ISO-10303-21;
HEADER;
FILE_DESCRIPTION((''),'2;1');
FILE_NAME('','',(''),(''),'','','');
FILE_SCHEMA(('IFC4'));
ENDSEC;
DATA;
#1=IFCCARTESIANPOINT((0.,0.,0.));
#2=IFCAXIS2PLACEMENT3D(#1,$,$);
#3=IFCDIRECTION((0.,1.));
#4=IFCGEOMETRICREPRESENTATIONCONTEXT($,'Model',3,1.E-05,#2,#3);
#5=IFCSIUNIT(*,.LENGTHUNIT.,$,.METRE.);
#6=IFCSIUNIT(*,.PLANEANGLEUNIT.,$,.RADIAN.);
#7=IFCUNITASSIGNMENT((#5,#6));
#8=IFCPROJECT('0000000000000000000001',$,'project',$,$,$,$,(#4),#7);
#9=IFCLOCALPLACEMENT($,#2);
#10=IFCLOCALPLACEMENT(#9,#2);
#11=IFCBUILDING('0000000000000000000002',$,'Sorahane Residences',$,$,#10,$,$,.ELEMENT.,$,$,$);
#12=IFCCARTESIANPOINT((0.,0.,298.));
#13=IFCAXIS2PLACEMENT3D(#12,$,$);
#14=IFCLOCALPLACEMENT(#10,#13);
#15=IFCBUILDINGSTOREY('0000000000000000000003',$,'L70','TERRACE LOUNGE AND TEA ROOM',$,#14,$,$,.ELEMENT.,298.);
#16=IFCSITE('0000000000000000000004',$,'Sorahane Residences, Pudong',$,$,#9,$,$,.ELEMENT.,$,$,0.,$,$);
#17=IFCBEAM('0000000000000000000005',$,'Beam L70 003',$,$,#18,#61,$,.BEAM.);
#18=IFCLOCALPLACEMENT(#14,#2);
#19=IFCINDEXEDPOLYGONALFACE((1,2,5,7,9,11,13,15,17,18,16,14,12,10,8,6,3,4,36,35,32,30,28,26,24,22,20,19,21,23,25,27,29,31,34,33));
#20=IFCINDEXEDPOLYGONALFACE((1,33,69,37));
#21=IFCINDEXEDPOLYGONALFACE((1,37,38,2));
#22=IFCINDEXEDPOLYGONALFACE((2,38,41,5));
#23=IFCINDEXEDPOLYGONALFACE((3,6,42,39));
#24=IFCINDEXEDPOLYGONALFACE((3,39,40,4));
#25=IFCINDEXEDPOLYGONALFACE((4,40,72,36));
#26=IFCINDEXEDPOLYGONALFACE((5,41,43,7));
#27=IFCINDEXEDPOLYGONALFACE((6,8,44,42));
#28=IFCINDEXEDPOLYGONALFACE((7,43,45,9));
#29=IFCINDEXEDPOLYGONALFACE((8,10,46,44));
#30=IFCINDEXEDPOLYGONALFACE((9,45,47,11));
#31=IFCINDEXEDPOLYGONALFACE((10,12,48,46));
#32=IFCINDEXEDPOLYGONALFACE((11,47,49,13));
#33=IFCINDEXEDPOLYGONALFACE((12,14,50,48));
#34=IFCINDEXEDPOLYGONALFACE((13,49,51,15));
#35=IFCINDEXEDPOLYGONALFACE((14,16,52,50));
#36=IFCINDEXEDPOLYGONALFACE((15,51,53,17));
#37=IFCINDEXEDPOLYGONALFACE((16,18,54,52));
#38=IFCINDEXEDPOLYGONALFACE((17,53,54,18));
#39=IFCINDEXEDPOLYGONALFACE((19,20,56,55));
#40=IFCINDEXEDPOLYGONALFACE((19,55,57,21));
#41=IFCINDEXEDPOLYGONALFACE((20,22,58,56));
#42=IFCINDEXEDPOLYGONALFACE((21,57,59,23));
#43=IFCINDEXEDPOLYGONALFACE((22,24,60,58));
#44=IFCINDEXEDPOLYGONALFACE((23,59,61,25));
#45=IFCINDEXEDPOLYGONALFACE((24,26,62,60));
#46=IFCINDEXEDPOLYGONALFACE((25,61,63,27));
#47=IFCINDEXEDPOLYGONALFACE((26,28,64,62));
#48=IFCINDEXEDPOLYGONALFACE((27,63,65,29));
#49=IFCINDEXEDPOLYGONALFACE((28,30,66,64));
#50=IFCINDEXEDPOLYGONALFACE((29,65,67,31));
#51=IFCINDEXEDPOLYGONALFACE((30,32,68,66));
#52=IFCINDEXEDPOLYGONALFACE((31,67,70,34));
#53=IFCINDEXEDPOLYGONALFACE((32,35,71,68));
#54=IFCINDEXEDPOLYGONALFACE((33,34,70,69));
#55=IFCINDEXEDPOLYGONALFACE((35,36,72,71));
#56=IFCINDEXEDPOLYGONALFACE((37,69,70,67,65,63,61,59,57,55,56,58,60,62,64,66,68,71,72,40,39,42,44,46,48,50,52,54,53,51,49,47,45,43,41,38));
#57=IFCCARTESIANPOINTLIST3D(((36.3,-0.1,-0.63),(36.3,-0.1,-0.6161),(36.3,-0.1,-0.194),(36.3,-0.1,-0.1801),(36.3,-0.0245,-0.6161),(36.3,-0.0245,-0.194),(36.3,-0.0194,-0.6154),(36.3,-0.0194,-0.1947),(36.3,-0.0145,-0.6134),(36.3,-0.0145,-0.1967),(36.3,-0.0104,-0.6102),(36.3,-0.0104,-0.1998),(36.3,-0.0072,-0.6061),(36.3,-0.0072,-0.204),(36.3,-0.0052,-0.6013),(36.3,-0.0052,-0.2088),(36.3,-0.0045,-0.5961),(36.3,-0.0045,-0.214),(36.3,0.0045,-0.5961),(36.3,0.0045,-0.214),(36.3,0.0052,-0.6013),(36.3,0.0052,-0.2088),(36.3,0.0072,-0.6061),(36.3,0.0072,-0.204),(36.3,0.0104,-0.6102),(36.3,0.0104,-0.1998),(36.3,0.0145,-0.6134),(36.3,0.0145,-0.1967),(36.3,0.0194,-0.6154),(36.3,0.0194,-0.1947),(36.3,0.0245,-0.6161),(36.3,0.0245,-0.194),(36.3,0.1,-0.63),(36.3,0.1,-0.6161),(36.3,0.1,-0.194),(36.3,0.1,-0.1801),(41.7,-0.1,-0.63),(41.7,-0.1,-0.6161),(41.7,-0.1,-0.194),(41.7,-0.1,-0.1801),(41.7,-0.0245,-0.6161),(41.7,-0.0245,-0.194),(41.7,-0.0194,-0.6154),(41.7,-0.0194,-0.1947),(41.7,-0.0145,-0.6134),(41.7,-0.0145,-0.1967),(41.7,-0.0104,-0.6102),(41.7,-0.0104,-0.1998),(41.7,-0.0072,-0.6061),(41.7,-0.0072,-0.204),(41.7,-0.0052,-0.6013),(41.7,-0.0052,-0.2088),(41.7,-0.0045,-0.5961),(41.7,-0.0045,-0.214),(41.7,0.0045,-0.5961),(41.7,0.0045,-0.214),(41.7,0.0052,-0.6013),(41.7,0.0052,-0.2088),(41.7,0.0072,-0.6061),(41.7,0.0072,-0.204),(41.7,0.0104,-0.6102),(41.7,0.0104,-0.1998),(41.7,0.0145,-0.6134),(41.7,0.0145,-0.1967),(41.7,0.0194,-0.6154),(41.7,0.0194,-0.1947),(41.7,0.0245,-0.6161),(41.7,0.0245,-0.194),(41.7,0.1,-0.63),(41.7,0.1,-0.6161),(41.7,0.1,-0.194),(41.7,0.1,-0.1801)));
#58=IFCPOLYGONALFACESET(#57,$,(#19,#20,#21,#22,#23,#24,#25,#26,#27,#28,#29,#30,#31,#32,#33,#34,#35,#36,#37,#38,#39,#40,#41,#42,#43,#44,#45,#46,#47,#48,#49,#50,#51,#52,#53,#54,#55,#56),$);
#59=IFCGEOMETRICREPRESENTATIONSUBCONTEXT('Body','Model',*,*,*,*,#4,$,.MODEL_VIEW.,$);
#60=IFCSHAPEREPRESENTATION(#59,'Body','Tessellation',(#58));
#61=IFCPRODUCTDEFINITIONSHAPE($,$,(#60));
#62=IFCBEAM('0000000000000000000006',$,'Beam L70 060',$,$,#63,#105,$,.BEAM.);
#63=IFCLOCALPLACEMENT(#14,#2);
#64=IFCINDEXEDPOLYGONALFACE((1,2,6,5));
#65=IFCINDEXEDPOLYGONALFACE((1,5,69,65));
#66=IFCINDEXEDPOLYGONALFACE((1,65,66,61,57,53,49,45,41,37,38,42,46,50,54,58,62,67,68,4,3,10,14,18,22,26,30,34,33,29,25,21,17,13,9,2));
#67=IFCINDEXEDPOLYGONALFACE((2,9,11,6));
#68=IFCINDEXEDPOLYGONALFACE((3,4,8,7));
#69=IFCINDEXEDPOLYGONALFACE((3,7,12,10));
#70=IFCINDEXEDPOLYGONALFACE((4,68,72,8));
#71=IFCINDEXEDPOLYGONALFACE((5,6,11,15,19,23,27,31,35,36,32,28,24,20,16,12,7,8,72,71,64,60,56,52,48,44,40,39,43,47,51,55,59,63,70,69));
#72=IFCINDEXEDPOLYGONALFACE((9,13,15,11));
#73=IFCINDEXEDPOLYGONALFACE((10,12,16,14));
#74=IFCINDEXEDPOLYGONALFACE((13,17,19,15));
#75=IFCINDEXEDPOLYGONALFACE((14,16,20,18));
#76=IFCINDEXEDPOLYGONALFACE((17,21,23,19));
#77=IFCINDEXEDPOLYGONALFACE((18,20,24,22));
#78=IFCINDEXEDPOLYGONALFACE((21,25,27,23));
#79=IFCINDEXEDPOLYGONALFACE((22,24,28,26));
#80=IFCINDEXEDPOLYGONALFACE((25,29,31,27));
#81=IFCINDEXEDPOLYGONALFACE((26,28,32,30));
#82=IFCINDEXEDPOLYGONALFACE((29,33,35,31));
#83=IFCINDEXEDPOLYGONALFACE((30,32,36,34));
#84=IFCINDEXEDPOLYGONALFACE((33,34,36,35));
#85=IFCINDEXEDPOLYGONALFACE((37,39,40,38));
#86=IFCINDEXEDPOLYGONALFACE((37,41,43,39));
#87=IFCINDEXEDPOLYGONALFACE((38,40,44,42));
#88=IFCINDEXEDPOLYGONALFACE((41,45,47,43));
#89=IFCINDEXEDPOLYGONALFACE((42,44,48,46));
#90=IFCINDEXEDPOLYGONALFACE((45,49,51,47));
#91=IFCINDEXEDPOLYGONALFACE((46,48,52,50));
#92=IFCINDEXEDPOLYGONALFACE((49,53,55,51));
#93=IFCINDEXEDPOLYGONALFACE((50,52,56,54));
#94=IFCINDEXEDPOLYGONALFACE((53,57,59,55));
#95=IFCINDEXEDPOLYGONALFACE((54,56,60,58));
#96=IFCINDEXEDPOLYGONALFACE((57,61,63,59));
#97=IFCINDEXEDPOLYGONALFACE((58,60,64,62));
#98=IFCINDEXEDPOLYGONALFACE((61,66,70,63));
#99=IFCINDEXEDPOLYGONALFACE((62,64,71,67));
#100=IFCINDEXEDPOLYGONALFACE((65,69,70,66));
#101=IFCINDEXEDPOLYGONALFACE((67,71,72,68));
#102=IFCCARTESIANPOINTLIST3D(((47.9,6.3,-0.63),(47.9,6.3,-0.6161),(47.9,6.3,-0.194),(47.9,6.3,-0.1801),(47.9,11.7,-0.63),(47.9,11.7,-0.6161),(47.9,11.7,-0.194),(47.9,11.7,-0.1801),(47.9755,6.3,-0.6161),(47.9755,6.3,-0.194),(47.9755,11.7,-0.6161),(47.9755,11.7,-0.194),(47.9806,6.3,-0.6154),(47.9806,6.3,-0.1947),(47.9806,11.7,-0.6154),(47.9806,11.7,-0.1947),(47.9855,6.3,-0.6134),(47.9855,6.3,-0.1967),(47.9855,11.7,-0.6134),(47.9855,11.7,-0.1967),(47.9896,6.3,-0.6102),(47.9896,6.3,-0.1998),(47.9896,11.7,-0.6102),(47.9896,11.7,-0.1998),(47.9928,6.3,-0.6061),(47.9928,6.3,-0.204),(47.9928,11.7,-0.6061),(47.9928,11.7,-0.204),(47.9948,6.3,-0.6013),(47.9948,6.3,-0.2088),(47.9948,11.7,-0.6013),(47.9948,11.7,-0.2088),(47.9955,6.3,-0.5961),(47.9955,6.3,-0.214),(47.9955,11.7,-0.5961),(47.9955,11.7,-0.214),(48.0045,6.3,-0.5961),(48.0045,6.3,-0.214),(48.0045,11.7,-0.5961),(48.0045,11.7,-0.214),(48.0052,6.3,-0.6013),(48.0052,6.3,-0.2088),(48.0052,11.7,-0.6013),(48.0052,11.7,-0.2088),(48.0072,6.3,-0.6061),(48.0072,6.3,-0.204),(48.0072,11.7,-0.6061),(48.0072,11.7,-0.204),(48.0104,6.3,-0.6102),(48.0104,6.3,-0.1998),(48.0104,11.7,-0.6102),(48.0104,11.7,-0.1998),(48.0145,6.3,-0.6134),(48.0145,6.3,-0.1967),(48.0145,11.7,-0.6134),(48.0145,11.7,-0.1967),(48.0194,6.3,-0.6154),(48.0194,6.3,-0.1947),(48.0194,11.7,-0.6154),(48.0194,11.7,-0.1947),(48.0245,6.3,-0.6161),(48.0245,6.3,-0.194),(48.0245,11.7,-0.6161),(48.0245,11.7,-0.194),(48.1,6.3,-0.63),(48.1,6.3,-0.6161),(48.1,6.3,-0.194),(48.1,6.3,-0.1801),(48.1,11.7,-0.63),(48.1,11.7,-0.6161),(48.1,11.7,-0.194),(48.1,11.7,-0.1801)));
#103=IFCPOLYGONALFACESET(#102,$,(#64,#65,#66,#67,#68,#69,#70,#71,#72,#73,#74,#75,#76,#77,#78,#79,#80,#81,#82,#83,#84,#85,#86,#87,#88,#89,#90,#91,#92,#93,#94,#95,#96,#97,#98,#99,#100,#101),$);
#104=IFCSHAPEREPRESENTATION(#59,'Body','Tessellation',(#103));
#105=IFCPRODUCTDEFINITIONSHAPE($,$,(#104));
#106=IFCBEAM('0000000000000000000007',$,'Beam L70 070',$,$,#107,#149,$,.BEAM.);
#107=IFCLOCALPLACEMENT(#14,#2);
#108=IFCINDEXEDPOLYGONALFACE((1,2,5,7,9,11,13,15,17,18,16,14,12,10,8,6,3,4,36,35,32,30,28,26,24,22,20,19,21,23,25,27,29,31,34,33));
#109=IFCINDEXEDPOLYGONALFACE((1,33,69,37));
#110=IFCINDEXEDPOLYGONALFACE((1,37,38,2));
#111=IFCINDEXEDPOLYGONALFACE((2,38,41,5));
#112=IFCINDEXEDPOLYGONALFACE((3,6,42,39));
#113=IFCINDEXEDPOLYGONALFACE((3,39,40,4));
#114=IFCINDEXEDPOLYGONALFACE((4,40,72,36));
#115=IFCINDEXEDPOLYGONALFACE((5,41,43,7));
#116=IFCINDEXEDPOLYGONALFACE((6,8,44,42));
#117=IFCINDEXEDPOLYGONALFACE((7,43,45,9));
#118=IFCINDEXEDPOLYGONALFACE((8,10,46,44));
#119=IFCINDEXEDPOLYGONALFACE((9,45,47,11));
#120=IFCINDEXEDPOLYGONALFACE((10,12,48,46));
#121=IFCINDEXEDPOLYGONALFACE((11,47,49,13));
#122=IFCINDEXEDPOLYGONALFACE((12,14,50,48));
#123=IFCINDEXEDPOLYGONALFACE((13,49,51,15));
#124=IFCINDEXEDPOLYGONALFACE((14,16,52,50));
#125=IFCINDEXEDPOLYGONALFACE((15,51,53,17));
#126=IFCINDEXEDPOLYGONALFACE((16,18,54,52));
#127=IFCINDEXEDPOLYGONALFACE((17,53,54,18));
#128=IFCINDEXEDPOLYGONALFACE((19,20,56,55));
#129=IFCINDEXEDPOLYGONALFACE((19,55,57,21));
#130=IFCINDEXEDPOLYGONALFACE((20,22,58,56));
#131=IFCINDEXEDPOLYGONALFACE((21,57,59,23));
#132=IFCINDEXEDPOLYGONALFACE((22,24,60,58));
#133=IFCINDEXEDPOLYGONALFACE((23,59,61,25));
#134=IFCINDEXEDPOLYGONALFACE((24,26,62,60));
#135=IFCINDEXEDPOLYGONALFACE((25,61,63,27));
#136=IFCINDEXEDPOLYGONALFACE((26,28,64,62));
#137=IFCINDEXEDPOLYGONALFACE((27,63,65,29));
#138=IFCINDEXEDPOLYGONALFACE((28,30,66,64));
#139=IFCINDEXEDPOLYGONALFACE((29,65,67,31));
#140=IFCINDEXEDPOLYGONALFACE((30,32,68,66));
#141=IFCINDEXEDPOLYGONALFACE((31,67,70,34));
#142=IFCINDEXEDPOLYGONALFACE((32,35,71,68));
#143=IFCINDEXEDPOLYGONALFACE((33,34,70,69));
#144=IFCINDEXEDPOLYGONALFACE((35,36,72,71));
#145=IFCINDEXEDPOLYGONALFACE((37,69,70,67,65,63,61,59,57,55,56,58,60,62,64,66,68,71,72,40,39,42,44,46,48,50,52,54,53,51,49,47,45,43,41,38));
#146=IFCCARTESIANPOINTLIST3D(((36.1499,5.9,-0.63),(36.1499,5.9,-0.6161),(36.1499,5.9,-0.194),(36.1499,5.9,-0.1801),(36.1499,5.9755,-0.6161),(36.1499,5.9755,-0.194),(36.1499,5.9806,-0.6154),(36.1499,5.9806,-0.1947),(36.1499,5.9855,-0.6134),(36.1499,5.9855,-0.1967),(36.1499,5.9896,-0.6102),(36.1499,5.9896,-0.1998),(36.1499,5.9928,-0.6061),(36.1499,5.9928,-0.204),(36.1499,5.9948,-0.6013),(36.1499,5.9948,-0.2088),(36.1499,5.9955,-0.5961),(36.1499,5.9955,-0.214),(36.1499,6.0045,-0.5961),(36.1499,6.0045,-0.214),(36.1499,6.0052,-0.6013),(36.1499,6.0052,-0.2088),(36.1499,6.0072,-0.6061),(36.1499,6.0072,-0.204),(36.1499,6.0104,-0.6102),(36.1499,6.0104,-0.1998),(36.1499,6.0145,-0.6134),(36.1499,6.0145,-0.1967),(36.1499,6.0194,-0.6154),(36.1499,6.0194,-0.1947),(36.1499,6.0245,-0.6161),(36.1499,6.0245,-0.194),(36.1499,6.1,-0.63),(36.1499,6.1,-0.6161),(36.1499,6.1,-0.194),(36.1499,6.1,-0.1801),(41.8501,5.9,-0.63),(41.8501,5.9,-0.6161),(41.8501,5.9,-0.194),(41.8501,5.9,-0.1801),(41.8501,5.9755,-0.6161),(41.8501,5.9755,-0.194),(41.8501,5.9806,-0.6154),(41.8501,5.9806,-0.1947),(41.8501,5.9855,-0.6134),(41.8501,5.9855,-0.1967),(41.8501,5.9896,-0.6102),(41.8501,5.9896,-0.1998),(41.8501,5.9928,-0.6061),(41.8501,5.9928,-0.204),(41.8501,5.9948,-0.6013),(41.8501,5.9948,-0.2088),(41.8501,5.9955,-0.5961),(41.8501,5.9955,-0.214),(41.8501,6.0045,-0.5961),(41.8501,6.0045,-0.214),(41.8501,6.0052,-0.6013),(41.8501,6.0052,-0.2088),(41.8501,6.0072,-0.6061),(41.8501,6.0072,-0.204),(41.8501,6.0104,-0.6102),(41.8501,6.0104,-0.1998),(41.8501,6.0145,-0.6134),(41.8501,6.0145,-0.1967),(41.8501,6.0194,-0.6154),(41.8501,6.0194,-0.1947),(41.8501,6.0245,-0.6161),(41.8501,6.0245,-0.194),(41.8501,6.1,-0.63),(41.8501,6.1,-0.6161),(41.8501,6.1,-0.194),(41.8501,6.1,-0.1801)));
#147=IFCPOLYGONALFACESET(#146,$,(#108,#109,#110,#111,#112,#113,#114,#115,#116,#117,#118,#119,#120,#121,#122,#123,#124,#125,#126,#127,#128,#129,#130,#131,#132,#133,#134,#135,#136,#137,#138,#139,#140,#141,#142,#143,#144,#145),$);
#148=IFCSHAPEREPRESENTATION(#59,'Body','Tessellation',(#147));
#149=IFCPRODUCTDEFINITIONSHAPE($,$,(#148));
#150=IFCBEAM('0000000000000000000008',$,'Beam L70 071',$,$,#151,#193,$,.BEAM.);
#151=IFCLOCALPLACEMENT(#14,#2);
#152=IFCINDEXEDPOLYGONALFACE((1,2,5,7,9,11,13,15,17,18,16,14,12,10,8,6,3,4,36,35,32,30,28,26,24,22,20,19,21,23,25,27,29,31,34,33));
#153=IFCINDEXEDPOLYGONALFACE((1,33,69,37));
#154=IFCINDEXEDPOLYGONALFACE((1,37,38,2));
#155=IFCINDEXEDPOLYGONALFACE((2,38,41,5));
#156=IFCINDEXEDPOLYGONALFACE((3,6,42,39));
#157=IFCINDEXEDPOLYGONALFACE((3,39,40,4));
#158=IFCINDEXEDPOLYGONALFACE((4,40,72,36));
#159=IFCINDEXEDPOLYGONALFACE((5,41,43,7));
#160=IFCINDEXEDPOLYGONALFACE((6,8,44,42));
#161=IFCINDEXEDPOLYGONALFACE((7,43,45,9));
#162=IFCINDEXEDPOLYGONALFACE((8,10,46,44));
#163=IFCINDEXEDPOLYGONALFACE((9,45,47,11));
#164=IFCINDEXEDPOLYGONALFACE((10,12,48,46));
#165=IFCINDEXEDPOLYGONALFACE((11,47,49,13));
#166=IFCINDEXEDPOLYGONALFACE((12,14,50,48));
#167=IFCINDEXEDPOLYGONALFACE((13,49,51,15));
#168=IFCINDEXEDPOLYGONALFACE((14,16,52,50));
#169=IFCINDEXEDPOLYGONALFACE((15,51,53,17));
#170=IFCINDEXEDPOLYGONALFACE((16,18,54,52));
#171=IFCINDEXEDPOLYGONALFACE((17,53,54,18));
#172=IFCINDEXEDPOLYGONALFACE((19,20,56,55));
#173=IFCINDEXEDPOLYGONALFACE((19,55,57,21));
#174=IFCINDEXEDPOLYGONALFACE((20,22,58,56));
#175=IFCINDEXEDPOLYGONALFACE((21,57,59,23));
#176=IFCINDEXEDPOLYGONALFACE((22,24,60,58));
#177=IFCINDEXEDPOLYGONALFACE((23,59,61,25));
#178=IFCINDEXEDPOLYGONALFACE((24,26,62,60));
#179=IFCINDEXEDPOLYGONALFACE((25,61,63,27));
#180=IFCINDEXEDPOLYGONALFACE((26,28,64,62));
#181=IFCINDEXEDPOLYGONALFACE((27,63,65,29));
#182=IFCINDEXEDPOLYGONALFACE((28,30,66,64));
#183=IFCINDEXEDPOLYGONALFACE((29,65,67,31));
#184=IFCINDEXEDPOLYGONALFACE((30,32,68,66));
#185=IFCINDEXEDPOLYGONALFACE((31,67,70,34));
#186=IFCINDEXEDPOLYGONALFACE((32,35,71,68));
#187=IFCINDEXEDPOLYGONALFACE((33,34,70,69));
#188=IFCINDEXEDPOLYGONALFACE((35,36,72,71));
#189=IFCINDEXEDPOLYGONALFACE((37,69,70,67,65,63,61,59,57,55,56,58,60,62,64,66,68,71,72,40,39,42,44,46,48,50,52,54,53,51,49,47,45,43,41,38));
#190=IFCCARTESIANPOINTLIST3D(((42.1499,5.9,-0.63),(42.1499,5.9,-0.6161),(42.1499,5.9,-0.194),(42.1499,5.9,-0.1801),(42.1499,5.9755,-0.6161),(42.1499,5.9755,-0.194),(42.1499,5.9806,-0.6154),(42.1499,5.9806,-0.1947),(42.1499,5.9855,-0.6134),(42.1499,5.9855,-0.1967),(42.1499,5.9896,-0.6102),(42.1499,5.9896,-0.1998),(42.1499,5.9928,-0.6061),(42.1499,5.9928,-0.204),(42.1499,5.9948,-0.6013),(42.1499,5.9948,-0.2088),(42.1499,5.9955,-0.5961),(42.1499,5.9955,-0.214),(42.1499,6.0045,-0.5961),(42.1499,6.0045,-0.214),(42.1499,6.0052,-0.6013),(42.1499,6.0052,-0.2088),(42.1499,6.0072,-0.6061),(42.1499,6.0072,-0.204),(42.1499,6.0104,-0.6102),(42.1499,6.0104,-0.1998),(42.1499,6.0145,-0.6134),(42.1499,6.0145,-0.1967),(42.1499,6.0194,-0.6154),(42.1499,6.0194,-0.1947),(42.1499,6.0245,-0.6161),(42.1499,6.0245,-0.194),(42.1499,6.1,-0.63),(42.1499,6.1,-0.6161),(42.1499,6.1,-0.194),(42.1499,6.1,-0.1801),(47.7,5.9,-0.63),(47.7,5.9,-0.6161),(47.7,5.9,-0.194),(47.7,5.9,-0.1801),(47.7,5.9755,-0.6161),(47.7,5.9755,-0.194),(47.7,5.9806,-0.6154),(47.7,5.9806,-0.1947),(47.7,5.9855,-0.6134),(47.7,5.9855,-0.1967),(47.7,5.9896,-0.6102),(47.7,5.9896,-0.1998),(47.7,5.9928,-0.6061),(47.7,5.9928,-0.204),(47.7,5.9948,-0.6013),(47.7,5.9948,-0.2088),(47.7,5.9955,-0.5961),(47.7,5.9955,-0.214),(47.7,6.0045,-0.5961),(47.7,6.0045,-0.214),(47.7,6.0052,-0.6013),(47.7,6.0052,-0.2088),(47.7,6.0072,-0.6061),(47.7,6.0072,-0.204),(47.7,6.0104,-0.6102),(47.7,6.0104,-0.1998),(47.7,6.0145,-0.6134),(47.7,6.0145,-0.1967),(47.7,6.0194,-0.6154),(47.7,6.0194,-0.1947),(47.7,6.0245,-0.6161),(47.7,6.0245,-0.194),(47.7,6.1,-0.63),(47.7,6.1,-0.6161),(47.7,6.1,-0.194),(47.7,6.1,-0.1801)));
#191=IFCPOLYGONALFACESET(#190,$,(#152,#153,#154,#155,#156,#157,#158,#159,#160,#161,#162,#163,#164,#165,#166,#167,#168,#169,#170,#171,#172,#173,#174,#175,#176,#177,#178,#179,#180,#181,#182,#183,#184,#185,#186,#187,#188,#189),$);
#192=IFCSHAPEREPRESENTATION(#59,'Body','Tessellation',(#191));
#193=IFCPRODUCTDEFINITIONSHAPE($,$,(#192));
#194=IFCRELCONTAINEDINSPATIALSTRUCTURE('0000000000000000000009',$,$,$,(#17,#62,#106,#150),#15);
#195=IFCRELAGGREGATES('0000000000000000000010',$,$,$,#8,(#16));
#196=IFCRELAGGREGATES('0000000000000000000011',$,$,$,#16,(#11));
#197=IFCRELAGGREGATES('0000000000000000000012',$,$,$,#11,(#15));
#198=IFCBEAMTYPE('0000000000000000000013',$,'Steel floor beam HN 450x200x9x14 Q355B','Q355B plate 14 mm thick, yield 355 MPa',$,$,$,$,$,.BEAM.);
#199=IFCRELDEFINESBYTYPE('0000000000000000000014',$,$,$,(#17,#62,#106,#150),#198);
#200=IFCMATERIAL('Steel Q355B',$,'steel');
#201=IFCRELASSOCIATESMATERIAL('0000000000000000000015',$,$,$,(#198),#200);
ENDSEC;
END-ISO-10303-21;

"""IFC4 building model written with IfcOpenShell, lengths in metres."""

from ifc_helpers import new_model, si_unit, direction, frame, origin, origin_2d, place, context, subcontext, project, spatial, i_section, extrude, material, material_profile, profile_set, type_object, element, save


model = new_model("IFC4")

# Units and contexts
model_context = context("Model", 3, precision=1e-05, world=origin(), true_north=direction((0.0, 1.0)))
body_context = subcontext(model_context, "Body", "Model", "MODEL_VIEW")
ifc_project = project(units=[si_unit("LENGTHUNIT", "METRE"), si_unit("PLANEANGLEUNIT", "RADIAN")], contexts=[model_context])

# Site, building, storey
site_placement = place(None, origin())
site = spatial("IfcSite", under=ifc_project, at=site_placement, Name="Sorahane Residences, Pudong", CompositionType="ELEMENT", RefElevation=0.0)
building_placement = place(site_placement, origin())
building = spatial("IfcBuilding", under=site, at=building_placement, Name="Sorahane Residences", CompositionType="ELEMENT")
storey_placement = place(building_placement, frame((0.0, 0.0, 298.0)))
storey = spatial("IfcBuildingStorey", under=building, at=storey_placement, Name="L70", Description="TERRACE LOUNGE AND TEA ROOM", CompositionType="ELEMENT", Elevation=298.0)

# Beams
ifc_material_1 = material(Name="Steel Q355B", Category="steel")
ifc_material_profile_1 = material_profile(ifc_material_1, i_section(OverallWidth=0.2, OverallDepth=0.45, WebThickness=0.009, FlangeThickness=0.0139, FilletRadius=0.02, at=origin_2d()), Name="HN 450x200x9x14")
ifc_profile_set_1 = profile_set([ifc_material_profile_1], Name="Steel Q355B")
beam_type_1 = type_object("IfcBeamType", Name="Steel floor beam HN 450x200x9x14 Q355B", Description="Q355B plate 14 mm thick, yield 355 MPa", PredefinedType="BEAM", material=ifc_profile_set_1)
for number, where, z_axis, x_axis, name in (
    (1, (36.3, 0.0, -0.405), (1.0, 0.0, 0.0), (0.0, 1.0, 0.0), "Beam L70 003"),
    (2, (48.0, 6.3, -0.405), (0.0, 1.0, 0.0), (-1.0, 0.0, 0.0), "Beam L70 060"),
):
    element("IfcBeam", number, at=place(storey_placement, frame(where, z_axis=z_axis, x_axis=x_axis)), inside=storey, type_object=beam_type_1, Name=name, PredefinedType="BEAM", context=body_context, shape_type="SweptSolid", body=[
        extrude(i_section(OverallWidth=0.2, OverallDepth=0.45, WebThickness=0.009, FlangeThickness=0.0139, FilletRadius=0.02, at=origin_2d()), origin(), (0.0, 0.0, 1.0), 5.3999),
    ])
beam_1_placement = place(storey_placement, frame((36.1499, 6.0, -0.405), z_axis=(1.0, 0.0, 0.0), x_axis=(0.0, 1.0, 0.0)))
element("IfcBeam", 3, at=beam_1_placement, inside=storey, type_object=beam_type_1, Name="Beam L70 070", PredefinedType="BEAM", context=body_context, shape_type="SweptSolid", body=[
    extrude(i_section(OverallWidth=0.2, OverallDepth=0.45, WebThickness=0.009, FlangeThickness=0.0139, FilletRadius=0.02, at=origin_2d()), origin(), (0.0, 0.0, 1.0), 5.7002),
])
beam_2_placement = place(storey_placement, frame((42.1499, 6.0, -0.405), z_axis=(1.0, 0.0, 0.0), x_axis=(0.0, 1.0, 0.0)))
element("IfcBeam", 4, at=beam_2_placement, inside=storey, type_object=beam_type_1, Name="Beam L70 071", PredefinedType="BEAM", context=body_context, shape_type="SweptSolid", body=[
    extrude(i_section(OverallWidth=0.2, OverallDepth=0.45, WebThickness=0.009, FlangeThickness=0.0139, FilletRadius=0.02, at=origin_2d()), origin(), (0.0, 0.0, 1.0), 5.55),
])

save(model, "model.ifc")
